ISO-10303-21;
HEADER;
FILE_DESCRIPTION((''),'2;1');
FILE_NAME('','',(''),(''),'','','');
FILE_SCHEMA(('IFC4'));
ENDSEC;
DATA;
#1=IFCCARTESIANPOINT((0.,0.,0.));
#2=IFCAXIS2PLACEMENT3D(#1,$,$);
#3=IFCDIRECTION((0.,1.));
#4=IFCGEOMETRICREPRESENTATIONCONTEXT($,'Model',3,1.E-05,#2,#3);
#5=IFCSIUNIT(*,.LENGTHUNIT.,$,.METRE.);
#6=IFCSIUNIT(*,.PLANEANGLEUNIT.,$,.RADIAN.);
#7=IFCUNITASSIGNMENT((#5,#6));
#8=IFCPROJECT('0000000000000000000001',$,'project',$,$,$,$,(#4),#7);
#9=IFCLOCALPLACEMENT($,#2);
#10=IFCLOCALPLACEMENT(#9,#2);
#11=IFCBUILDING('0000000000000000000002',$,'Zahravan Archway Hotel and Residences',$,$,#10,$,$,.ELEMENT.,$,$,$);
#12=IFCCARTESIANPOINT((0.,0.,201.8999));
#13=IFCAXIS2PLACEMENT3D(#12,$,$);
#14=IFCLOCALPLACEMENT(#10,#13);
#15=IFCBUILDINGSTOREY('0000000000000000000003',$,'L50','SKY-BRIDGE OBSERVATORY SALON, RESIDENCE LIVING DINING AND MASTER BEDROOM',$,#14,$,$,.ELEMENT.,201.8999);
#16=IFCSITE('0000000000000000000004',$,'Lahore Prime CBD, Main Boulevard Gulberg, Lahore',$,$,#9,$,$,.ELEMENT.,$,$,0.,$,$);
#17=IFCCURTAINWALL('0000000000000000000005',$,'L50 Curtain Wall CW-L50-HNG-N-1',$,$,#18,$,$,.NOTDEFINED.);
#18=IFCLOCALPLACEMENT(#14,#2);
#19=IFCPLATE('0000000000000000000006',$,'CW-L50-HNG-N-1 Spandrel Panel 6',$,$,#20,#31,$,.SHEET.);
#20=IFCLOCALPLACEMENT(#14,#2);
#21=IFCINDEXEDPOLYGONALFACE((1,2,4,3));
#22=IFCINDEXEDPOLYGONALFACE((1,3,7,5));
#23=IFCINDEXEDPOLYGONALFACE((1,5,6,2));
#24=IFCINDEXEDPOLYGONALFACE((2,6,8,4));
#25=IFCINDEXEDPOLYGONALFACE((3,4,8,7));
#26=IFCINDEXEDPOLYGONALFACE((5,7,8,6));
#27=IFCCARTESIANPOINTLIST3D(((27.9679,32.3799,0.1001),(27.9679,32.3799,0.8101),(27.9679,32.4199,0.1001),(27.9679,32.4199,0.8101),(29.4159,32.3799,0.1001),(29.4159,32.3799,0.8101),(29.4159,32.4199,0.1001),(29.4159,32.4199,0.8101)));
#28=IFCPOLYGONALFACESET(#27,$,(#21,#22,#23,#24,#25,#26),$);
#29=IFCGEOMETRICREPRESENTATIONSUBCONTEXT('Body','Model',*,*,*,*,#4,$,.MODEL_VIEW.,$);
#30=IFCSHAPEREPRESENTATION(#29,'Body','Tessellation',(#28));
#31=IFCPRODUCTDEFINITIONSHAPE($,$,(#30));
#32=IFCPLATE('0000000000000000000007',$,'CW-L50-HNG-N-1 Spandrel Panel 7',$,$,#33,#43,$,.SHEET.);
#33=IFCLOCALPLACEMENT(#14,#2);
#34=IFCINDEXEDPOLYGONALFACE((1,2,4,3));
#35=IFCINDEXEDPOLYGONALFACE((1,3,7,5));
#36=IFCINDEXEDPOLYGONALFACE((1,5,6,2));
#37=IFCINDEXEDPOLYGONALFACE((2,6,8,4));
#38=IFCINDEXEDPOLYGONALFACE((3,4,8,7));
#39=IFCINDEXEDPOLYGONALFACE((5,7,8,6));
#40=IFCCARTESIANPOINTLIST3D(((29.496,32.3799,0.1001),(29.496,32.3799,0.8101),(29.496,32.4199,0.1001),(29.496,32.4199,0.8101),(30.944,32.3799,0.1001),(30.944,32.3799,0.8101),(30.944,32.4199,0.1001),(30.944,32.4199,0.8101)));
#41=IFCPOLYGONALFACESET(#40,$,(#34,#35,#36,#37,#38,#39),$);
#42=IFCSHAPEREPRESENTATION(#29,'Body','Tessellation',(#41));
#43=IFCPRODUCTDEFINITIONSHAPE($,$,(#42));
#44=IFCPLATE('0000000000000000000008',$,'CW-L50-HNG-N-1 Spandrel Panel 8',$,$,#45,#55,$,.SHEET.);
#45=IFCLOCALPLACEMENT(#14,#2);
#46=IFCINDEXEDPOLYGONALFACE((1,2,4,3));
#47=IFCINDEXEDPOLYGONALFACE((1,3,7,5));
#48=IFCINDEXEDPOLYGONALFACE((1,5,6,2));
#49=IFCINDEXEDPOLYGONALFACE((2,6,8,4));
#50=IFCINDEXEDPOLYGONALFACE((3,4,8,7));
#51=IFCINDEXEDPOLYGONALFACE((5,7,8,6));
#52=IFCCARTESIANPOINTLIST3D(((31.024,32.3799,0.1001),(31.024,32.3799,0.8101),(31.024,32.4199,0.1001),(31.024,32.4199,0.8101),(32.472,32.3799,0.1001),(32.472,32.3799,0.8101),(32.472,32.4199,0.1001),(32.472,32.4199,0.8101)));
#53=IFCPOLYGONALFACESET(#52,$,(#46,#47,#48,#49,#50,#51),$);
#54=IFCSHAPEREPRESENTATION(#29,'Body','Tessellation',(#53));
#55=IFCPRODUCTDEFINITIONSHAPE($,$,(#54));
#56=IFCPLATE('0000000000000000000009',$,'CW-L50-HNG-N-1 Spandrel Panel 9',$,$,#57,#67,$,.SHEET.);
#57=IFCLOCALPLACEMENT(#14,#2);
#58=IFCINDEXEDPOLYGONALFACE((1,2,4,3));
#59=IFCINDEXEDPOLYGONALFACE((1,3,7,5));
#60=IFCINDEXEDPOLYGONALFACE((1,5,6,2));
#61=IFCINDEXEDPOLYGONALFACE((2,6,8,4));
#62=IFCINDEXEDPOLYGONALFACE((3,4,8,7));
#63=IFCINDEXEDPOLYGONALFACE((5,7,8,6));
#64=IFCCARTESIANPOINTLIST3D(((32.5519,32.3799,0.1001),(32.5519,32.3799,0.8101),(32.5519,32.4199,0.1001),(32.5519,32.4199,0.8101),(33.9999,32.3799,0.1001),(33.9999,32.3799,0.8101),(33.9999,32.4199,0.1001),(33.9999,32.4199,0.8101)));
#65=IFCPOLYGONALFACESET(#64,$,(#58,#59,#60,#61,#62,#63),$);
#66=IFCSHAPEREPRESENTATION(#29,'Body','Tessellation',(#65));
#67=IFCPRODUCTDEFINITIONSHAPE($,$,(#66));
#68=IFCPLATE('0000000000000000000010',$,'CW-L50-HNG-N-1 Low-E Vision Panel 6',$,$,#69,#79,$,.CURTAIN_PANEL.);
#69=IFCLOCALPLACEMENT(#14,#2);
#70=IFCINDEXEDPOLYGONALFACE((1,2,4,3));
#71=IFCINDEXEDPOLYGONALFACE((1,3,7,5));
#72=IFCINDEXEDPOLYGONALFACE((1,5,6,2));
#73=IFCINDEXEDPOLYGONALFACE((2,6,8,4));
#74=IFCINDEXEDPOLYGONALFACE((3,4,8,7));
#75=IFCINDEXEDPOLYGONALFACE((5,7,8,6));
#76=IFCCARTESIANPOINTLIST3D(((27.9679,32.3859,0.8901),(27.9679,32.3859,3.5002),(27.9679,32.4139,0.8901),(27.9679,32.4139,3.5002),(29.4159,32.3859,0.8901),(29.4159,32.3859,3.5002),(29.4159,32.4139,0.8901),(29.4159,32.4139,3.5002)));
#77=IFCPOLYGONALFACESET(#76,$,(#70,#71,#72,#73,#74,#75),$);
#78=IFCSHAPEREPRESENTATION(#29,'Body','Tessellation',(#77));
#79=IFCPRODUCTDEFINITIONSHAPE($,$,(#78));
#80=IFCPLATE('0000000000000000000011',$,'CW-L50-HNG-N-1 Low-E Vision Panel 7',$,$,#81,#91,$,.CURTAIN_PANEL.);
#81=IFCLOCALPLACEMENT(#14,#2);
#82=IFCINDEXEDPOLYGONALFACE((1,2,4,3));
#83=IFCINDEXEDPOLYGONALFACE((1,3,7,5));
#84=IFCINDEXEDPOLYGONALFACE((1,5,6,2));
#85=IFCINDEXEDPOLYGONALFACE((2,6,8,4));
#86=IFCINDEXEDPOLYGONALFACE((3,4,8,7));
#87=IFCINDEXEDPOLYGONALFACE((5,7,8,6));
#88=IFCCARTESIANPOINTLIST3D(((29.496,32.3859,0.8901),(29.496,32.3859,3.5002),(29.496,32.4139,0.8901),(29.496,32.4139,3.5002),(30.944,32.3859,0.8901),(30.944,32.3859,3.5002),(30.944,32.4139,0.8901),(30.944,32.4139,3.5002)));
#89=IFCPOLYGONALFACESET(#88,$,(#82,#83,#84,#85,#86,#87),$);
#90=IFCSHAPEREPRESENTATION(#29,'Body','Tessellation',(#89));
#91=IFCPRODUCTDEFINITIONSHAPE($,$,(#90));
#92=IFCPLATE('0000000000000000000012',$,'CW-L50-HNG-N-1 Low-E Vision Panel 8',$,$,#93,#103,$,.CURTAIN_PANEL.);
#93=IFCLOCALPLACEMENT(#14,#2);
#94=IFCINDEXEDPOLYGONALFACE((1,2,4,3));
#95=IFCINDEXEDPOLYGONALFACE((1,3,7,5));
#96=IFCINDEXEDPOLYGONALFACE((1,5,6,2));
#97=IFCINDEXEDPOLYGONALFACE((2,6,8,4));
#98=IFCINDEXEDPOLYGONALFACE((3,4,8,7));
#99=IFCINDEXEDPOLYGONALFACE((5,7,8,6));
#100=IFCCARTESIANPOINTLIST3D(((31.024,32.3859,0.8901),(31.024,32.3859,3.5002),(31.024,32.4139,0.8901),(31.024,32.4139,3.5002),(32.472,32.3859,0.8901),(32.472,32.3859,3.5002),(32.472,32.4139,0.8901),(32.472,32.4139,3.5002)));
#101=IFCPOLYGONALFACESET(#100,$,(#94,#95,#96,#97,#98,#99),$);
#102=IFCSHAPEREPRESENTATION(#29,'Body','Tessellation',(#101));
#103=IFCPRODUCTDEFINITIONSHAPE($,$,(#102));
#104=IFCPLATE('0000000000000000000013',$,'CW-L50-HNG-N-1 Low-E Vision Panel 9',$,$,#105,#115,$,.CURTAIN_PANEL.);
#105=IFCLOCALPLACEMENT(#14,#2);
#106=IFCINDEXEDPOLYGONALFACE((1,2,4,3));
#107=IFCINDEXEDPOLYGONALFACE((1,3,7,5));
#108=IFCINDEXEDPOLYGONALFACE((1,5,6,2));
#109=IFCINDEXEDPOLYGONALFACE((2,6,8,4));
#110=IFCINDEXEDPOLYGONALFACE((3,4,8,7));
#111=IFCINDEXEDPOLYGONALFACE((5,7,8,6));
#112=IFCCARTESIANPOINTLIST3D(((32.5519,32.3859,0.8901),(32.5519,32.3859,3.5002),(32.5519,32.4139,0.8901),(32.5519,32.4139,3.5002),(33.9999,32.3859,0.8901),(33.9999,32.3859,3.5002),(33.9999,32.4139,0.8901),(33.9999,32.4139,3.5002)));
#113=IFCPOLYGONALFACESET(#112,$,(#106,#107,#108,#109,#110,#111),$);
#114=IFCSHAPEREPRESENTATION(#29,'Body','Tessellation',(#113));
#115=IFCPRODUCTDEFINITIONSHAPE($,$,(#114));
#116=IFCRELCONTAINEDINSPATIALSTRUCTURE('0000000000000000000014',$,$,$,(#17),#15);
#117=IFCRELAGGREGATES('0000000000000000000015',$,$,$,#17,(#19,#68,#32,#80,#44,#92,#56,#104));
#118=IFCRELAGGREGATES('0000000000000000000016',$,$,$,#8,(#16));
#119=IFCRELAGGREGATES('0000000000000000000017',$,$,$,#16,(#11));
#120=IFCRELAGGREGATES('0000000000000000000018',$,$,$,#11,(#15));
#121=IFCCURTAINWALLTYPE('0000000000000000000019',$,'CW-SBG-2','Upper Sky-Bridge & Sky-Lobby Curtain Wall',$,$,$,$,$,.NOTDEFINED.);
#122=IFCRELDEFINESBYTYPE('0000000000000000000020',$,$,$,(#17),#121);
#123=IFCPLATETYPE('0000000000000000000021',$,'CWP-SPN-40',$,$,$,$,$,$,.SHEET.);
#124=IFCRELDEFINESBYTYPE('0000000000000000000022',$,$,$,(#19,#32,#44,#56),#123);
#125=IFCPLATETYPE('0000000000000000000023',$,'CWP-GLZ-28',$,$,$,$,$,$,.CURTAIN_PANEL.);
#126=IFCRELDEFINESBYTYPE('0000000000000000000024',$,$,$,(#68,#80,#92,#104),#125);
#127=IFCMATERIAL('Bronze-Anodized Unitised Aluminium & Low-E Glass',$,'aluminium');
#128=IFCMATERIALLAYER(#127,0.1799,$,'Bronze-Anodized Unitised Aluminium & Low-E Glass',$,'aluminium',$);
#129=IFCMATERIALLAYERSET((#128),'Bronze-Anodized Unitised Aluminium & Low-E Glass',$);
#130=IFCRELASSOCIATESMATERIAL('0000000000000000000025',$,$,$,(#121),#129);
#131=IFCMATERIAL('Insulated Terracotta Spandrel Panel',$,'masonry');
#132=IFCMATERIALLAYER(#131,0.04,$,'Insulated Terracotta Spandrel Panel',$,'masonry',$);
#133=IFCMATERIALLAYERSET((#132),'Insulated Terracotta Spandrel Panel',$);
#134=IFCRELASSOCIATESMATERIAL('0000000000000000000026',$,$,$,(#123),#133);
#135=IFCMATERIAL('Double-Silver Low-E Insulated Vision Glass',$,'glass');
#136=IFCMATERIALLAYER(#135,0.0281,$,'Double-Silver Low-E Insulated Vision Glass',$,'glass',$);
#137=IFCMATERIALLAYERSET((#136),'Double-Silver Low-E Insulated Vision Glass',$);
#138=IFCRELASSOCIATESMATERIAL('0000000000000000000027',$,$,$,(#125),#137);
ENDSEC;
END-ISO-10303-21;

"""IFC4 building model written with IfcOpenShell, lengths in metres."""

from ifc_helpers import new_model, si_unit, direction, frame, origin, origin_2d, place, context, subcontext, project, spatial, rectangle, extrude, source, transform, mapped, material, layer, layer_set, type_object, element, aggregate, save


model = new_model("IFC4")

# Units and contexts
model_context = context("Model", 3, precision=1e-05, world=origin(), true_north=direction((0.0, 1.0)))
body_context = subcontext(model_context, "Body", "Model", "MODEL_VIEW")
ifc_project = project(units=[si_unit("LENGTHUNIT", "METRE"), si_unit("PLANEANGLEUNIT", "RADIAN")], contexts=[model_context])

# Site, building, storey
site_placement = place(None, origin())
site = spatial("IfcSite", under=ifc_project, at=site_placement, Name="Lahore Prime CBD, Main Boulevard Gulberg, Lahore", CompositionType="ELEMENT", RefElevation=0.0)
building_placement = place(site_placement, origin())
building = spatial("IfcBuilding", under=site, at=building_placement, Name="Zahravan Archway Hotel and Residences", CompositionType="ELEMENT")
storey_placement = place(building_placement, frame((0.0, 0.0, 201.8999)))
storey = spatial("IfcBuildingStorey", under=building, at=storey_placement, Name="L50", Description="SKY-BRIDGE OBSERVATORY SALON, RESIDENCE LIVING DINING AND MASTER BEDROOM", CompositionType="ELEMENT", Elevation=201.8999)

# Curtain wall, plates
ifc_material_1 = material(Name="Bronze-Anodized Unitised Aluminium & Low-E Glass", Category="aluminium")
ifc_layer_1 = layer(ifc_material_1, 0.1799, Name="Bronze-Anodized Unitised Aluminium & Low-E Glass", Category="aluminium")
ifc_layer_set_1 = layer_set([ifc_layer_1], Name="Bronze-Anodized Unitised Aluminium & Low-E Glass")
curtain_wall_type = type_object("IfcCurtainWallType", Name="CW-SBG-2", Description="Upper Sky-Bridge & Sky-Lobby Curtain Wall", PredefinedType="NOTDEFINED", material=ifc_layer_set_1)
curtain_wall_placement = place(storey_placement, origin())
curtain_wall = element("IfcCurtainWall", 1, at=curtain_wall_placement, inside=storey, type_object=curtain_wall_type, Name="L50 Curtain Wall CW-L50-HNG-N-1", PredefinedType="NOTDEFINED")
ifc_material_2 = material(Name="Insulated Terracotta Spandrel Panel", Category="masonry")
ifc_layer_2 = layer(ifc_material_2, 0.04, Name="Insulated Terracotta Spandrel Panel", Category="masonry")
ifc_layer_set_2 = layer_set([ifc_layer_2], Name="Insulated Terracotta Spandrel Panel")
plate_type_1 = type_object("IfcPlateType", Name="CWP-SPN-40", PredefinedType="SHEET", material=ifc_layer_set_2)
shared_shape_1 = source(origin(), body_context, "Body", "SweptSolid", [
    extrude(rectangle(XDim=1.448, YDim=0.04, at=origin_2d()), origin(), (0.0, 0.0, 1.0), 0.71),
])
plate_1_placement = place(storey_placement, frame((28.6919, 32.3999, 0.1001), z_axis=(0.0, 0.0, 1.0), x_axis=(1.0, 0.0, 0.0)))
plate_1 = element("IfcPlate", 2, at=plate_1_placement, type_object=plate_type_1, Name="CW-L50-HNG-N-1 Spandrel Panel 6", PredefinedType="SHEET", context=body_context, shape_type="MappedRepresentation", body=[
    mapped(shared_shape_1, transform((0.0, 0.0, 0.0), scale=1.0)),
])
plate_2_placement = place(storey_placement, frame((30.22, 32.3999, 0.1001), z_axis=(0.0, 0.0, 1.0), x_axis=(1.0, 0.0, 0.0)))
plate_2 = element("IfcPlate", 3, at=plate_2_placement, type_object=plate_type_1, Name="CW-L50-HNG-N-1 Spandrel Panel 7", PredefinedType="SHEET", context=body_context, shape_type="MappedRepresentation", body=[
    mapped(shared_shape_1, transform((0.0, 0.0, 0.0), scale=1.0)),
])
plate_3_placement = place(storey_placement, frame((31.748, 32.3999, 0.1001), z_axis=(0.0, 0.0, 1.0), x_axis=(1.0, 0.0, 0.0)))
plate_3 = element("IfcPlate", 4, at=plate_3_placement, type_object=plate_type_1, Name="CW-L50-HNG-N-1 Spandrel Panel 8", PredefinedType="SHEET", context=body_context, shape_type="MappedRepresentation", body=[
    mapped(shared_shape_1, transform((0.0, 0.0, 0.0), scale=1.0)),
])
plate_4_placement = place(storey_placement, frame((33.2759, 32.3999, 0.1001), z_axis=(0.0, 0.0, 1.0), x_axis=(1.0, 0.0, 0.0)))
plate_4 = element("IfcPlate", 5, at=plate_4_placement, type_object=plate_type_1, Name="CW-L50-HNG-N-1 Spandrel Panel 9", PredefinedType="SHEET", context=body_context, shape_type="MappedRepresentation", body=[
    mapped(shared_shape_1, transform((0.0, 0.0, 0.0), scale=1.0)),
])
ifc_material_3 = material(Name="Double-Silver Low-E Insulated Vision Glass", Category="glass")
ifc_layer_3 = layer(ifc_material_3, 0.0281, Name="Double-Silver Low-E Insulated Vision Glass", Category="glass")
ifc_layer_set_3 = layer_set([ifc_layer_3], Name="Double-Silver Low-E Insulated Vision Glass")
plate_type_2 = type_object("IfcPlateType", Name="CWP-GLZ-28", PredefinedType="CURTAIN_PANEL", material=ifc_layer_set_3)
shared_shape_2 = source(origin(), body_context, "Body", "SweptSolid", [
    extrude(rectangle(XDim=1.448, YDim=0.0281, at=origin_2d()), origin(), (0.0, 0.0, 1.0), 2.6101),
])
plate_5_placement = place(storey_placement, frame((28.6919, 32.3999, 0.8901), z_axis=(0.0, 0.0, 1.0), x_axis=(1.0, 0.0, 0.0)))
plate_5 = element("IfcPlate", 6, at=plate_5_placement, type_object=plate_type_2, Name="CW-L50-HNG-N-1 Low-E Vision Panel 6", PredefinedType="CURTAIN_PANEL", context=body_context, shape_type="MappedRepresentation", body=[
    mapped(shared_shape_2, transform((0.0, 0.0, 0.0), scale=1.0)),
])
plate_6_placement = place(storey_placement, frame((30.22, 32.3999, 0.8901), z_axis=(0.0, 0.0, 1.0), x_axis=(1.0, 0.0, 0.0)))
plate_6 = element("IfcPlate", 7, at=plate_6_placement, type_object=plate_type_2, Name="CW-L50-HNG-N-1 Low-E Vision Panel 7", PredefinedType="CURTAIN_PANEL", context=body_context, shape_type="MappedRepresentation", body=[
    mapped(shared_shape_2, transform((0.0, 0.0, 0.0), scale=1.0)),
])
plate_7_placement = place(storey_placement, frame((31.748, 32.3999, 0.8901), z_axis=(0.0, 0.0, 1.0), x_axis=(1.0, 0.0, 0.0)))
plate_7 = element("IfcPlate", 8, at=plate_7_placement, type_object=plate_type_2, Name="CW-L50-HNG-N-1 Low-E Vision Panel 8", PredefinedType="CURTAIN_PANEL", context=body_context, shape_type="MappedRepresentation", body=[
    mapped(shared_shape_2, transform((0.0, 0.0, 0.0), scale=1.0)),
])
plate_8_placement = place(storey_placement, frame((33.2759, 32.3999, 0.8901), z_axis=(0.0, 0.0, 1.0), x_axis=(1.0, 0.0, 0.0)))
plate_8 = element("IfcPlate", 9, at=plate_8_placement, type_object=plate_type_2, Name="CW-L50-HNG-N-1 Low-E Vision Panel 9", PredefinedType="CURTAIN_PANEL", context=body_context, shape_type="MappedRepresentation", body=[
    mapped(shared_shape_2, transform((0.0, 0.0, 0.0), scale=1.0)),
])
aggregate(curtain_wall, [plate_1, plate_5, plate_2, plate_6, plate_3, plate_7, plate_4, plate_8])

save(model, "model.ifc")
